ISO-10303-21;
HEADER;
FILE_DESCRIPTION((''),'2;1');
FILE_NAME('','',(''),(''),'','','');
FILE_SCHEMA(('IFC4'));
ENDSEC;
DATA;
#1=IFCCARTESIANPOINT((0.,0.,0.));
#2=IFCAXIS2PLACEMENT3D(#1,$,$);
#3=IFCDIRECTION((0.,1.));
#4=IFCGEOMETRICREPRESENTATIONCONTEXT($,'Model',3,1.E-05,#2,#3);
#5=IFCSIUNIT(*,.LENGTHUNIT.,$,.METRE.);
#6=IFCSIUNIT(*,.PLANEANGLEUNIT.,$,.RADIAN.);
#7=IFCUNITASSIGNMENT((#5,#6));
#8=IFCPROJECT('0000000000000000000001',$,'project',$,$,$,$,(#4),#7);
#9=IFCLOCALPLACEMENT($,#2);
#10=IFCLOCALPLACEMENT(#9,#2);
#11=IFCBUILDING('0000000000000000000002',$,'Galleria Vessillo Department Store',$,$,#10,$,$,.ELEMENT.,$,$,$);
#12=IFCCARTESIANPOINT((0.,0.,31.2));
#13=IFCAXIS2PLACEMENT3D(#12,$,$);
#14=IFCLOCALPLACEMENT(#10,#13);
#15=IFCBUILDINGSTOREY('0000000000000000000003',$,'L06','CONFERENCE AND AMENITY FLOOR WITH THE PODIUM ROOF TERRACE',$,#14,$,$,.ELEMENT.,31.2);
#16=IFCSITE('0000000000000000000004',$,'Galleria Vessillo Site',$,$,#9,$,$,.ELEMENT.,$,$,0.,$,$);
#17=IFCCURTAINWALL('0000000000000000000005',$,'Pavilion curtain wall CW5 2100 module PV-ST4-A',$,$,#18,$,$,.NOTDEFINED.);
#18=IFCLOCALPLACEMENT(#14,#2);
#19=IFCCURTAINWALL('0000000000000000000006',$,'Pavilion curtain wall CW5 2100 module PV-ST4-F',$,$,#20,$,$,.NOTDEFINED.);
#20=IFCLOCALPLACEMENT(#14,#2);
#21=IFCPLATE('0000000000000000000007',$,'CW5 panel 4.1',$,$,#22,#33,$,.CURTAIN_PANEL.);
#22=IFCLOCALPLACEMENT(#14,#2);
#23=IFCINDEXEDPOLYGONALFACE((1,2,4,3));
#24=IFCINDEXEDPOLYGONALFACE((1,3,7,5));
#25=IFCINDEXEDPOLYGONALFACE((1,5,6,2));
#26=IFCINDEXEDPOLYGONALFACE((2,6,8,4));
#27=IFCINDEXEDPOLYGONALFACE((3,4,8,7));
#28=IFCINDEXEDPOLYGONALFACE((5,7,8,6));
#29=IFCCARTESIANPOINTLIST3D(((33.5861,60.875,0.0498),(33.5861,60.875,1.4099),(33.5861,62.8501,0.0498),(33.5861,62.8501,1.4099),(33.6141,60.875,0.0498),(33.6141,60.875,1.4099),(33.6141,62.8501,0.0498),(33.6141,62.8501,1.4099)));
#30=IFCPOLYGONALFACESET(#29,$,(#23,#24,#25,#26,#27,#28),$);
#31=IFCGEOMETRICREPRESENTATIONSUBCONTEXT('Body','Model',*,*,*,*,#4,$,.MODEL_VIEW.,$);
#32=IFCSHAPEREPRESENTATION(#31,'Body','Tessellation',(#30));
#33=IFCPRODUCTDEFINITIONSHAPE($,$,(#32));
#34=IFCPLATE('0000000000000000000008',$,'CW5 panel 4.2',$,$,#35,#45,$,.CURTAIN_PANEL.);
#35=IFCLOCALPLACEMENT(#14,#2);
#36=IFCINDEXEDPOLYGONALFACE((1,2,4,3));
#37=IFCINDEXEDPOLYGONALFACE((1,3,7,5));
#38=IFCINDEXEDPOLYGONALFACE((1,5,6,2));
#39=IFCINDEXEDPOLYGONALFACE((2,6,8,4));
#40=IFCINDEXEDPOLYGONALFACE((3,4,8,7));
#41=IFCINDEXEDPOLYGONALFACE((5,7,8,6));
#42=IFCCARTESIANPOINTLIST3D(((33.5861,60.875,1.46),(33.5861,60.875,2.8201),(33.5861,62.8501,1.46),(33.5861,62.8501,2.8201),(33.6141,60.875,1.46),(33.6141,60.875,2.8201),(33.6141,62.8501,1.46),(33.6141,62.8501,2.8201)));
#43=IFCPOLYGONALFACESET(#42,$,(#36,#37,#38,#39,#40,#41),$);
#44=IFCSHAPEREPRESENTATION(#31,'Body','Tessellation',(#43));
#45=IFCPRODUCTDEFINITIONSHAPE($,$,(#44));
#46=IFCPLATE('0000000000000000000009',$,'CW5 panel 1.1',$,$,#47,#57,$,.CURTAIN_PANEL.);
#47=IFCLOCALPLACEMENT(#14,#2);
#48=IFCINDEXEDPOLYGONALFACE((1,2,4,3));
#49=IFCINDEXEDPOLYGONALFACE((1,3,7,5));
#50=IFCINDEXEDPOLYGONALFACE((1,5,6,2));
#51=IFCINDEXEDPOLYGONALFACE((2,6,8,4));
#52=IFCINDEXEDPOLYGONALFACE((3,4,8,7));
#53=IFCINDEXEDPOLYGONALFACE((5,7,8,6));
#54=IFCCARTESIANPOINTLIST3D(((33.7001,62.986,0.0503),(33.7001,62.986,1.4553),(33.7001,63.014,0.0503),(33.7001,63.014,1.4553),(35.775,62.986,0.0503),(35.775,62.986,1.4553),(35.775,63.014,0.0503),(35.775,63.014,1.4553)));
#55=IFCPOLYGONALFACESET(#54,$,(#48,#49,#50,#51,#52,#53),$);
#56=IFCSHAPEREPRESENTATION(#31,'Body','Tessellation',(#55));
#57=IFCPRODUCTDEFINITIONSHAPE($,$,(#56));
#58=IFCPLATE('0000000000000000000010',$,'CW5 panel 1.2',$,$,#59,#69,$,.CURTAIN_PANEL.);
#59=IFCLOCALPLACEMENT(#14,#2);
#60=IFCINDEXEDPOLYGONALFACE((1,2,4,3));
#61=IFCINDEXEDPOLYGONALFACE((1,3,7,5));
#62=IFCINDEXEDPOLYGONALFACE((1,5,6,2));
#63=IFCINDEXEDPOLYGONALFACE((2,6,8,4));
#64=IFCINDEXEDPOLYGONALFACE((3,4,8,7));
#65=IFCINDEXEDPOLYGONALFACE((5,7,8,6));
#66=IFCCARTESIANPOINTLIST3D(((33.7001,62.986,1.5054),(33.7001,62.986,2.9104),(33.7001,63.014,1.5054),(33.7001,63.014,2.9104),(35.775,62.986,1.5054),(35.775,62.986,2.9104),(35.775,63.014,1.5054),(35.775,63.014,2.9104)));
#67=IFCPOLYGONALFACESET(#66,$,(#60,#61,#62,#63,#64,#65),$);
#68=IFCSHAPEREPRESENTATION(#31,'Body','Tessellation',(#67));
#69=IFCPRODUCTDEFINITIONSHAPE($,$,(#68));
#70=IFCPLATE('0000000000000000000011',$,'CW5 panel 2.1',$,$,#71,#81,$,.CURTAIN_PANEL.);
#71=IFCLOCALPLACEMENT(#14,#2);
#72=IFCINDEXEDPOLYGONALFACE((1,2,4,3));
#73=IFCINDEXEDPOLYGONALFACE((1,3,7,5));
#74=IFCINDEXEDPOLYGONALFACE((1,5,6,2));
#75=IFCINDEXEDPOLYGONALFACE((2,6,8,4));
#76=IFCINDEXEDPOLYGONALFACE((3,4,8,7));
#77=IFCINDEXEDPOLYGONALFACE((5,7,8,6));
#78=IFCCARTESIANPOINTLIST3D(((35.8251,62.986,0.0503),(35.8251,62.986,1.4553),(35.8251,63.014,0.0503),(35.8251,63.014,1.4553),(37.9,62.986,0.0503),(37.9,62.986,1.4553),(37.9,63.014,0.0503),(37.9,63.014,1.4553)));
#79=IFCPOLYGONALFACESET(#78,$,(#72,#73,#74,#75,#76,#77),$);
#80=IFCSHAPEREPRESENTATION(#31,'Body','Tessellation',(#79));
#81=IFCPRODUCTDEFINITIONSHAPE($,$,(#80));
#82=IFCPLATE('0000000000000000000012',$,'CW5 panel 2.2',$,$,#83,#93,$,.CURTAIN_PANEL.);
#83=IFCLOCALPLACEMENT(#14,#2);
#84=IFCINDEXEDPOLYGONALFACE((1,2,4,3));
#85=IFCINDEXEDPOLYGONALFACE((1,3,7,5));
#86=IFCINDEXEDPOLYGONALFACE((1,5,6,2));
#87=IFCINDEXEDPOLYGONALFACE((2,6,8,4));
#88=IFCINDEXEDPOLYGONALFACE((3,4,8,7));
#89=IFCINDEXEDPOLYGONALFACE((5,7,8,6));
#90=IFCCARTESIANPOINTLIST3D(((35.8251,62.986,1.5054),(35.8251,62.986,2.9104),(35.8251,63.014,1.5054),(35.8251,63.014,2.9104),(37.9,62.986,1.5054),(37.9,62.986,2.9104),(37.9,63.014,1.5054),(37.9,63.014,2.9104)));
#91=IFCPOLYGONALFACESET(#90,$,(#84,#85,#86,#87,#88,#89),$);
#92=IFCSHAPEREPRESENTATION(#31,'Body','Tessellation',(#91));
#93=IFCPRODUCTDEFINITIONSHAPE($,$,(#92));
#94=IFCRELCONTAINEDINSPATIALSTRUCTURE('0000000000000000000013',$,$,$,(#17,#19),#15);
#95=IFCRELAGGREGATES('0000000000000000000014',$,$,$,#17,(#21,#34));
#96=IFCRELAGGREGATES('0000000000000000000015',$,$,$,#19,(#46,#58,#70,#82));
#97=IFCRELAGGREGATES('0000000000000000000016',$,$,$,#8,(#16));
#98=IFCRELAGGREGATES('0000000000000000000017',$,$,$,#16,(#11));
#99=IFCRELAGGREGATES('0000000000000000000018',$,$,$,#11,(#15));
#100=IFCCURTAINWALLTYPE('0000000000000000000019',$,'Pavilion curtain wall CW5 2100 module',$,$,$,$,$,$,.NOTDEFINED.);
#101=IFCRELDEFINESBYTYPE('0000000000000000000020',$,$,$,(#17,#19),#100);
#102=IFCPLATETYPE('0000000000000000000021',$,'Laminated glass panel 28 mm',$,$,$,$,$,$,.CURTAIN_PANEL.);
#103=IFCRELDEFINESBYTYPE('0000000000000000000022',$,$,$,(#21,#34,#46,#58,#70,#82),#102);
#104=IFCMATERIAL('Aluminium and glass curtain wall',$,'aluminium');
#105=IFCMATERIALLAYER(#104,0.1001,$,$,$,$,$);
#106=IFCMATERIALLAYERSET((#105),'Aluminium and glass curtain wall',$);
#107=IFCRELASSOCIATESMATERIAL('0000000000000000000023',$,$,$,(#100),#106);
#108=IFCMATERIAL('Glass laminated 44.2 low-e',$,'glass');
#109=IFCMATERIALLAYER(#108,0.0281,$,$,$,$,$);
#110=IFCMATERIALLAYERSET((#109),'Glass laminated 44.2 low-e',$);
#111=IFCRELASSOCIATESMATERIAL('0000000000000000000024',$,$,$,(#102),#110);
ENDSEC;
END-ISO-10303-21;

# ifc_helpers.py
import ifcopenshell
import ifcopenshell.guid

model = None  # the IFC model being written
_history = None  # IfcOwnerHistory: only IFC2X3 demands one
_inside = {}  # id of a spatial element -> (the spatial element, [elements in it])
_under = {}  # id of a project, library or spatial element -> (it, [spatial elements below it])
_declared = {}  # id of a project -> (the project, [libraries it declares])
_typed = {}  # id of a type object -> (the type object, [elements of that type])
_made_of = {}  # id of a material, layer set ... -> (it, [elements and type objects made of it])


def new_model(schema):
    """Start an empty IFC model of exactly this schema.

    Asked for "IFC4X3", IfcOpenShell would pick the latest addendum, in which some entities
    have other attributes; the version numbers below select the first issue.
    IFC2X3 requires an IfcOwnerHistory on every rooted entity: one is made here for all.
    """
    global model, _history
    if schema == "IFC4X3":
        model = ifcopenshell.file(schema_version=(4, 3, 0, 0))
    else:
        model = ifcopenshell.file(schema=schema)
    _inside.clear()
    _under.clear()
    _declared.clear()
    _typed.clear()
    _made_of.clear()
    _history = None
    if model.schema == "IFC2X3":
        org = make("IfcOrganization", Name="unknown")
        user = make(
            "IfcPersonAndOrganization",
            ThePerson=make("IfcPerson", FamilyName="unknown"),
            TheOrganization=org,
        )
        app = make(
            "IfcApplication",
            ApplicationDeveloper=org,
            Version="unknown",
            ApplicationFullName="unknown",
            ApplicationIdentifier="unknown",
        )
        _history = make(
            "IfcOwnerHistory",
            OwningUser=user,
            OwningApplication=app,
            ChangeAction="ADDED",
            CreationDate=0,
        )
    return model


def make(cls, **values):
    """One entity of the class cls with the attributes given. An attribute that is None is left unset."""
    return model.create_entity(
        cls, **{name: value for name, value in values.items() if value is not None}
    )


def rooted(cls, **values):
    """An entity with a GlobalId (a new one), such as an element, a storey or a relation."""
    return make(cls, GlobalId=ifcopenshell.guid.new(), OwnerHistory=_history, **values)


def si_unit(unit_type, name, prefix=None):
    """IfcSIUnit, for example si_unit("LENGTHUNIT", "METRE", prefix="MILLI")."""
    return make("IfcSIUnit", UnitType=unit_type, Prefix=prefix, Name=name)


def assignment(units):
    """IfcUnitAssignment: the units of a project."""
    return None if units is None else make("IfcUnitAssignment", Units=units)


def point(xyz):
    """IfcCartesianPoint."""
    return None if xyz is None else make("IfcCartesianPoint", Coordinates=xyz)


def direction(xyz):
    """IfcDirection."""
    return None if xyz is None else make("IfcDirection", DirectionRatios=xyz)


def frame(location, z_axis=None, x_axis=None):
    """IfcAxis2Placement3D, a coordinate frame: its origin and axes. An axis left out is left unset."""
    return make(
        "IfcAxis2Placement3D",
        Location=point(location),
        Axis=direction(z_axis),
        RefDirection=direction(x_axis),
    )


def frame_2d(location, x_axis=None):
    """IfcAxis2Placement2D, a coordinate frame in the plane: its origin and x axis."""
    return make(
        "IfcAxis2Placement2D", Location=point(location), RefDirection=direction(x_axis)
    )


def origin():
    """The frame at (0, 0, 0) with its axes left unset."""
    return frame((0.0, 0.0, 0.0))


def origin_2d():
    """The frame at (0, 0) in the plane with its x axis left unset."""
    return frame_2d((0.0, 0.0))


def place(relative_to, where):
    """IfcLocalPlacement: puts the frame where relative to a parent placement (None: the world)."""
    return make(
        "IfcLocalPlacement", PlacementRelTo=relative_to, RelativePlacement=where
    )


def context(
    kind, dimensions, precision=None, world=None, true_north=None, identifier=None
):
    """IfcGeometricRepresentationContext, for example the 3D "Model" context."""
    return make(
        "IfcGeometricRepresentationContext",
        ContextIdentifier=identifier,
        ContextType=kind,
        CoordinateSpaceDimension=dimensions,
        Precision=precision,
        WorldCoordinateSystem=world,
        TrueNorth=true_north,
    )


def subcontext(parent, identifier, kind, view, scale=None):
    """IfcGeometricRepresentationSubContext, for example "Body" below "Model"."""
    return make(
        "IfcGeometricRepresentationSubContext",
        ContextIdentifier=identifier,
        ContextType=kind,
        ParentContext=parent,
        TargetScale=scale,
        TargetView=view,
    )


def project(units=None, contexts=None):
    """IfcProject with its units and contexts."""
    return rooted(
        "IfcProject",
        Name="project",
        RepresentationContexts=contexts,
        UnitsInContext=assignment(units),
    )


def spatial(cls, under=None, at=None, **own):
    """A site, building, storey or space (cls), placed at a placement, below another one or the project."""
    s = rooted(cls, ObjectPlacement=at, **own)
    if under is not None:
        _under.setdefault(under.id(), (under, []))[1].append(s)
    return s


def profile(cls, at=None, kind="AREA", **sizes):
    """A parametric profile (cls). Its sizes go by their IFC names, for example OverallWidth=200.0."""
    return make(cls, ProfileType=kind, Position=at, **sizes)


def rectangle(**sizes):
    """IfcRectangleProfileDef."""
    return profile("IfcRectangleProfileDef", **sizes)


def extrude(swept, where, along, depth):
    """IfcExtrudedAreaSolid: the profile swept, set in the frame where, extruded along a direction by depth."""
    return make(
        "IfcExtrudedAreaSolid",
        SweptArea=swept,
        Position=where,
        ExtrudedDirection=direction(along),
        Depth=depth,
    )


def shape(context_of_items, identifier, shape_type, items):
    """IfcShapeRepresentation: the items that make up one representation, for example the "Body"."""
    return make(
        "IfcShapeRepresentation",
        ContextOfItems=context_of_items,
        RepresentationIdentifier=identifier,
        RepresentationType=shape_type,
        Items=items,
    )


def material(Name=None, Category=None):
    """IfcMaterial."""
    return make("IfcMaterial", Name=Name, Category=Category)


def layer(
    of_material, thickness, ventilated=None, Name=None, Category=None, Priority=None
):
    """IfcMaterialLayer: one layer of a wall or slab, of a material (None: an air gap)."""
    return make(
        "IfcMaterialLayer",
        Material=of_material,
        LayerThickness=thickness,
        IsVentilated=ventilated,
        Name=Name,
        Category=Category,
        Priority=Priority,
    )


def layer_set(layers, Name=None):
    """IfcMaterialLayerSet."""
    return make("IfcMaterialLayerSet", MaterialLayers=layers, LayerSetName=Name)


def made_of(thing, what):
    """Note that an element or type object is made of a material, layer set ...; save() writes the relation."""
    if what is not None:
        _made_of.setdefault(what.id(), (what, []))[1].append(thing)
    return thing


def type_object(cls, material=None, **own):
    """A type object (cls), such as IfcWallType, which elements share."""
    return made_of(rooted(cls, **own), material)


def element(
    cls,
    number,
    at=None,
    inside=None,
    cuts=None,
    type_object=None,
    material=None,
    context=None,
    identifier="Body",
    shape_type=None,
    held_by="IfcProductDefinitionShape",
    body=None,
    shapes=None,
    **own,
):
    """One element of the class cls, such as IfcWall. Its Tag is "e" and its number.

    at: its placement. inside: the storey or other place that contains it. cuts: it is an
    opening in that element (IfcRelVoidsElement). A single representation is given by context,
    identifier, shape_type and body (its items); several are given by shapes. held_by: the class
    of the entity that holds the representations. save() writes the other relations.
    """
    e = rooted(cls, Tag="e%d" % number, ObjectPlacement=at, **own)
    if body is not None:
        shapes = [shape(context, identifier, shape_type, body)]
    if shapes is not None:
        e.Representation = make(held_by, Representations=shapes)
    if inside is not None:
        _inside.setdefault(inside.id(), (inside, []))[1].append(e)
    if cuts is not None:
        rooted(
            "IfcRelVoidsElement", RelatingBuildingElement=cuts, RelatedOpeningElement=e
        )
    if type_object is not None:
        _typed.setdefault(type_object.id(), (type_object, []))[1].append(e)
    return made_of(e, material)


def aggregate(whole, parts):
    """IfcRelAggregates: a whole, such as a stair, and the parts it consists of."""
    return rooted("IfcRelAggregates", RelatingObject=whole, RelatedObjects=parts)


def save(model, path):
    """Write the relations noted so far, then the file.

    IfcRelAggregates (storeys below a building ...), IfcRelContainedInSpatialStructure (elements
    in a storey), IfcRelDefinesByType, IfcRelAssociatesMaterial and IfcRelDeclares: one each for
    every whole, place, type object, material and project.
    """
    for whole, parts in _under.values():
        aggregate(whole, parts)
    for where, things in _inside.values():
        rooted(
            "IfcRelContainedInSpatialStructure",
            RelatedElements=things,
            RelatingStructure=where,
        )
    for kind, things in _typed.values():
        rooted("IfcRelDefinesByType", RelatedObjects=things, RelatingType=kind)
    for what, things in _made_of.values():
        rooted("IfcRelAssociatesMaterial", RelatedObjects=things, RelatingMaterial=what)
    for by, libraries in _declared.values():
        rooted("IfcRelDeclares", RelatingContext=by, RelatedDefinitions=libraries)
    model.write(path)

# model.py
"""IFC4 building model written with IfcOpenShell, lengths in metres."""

from ifc_helpers import new_model, si_unit, direction, frame, origin, origin_2d, place, context, subcontext, project, spatial, rectangle, extrude, material, layer, layer_set, type_object, element, aggregate, save


model = new_model("IFC4")

# Units and contexts
model_context = context("Model", 3, precision=1e-05, world=origin(), true_north=direction((0.0, 1.0)))
body_context = subcontext(model_context, "Body", "Model", "MODEL_VIEW")
ifc_project = project(units=[si_unit("LENGTHUNIT", "METRE"), si_unit("PLANEANGLEUNIT", "RADIAN")], contexts=[model_context])

# Site, building, storey
site_placement = place(None, origin())
site = spatial("IfcSite", under=ifc_project, at=site_placement, Name="Galleria Vessillo Site", CompositionType="ELEMENT", RefElevation=0.0)
building_placement = place(site_placement, origin())
building = spatial("IfcBuilding", under=site, at=building_placement, Name="Galleria Vessillo Department Store", CompositionType="ELEMENT")
storey_placement = place(building_placement, frame((0.0, 0.0, 31.2)))
storey = spatial("IfcBuildingStorey", under=building, at=storey_placement, Name="L06", Description="CONFERENCE AND AMENITY FLOOR WITH THE PODIUM ROOF TERRACE", CompositionType="ELEMENT", Elevation=31.2)

# Curtain walls
ifc_material_1 = material(Name="Aluminium and glass curtain wall", Category="aluminium")
ifc_layer_1 = layer(ifc_material_1, 0.1001)
ifc_layer_set_1 = layer_set([ifc_layer_1], Name="Aluminium and glass curtain wall")
curtain_wall_type = type_object("IfcCurtainWallType", Name="Pavilion curtain wall CW5 2100 module", PredefinedType="NOTDEFINED", material=ifc_layer_set_1)
curtain_wall_1_placement = place(storey_placement, origin())
curtain_wall_1 = element("IfcCurtainWall", 1, at=curtain_wall_1_placement, inside=storey, type_object=curtain_wall_type, Name="Pavilion curtain wall CW5 2100 module PV-ST4-A", PredefinedType="NOTDEFINED")
curtain_wall_2_placement = place(storey_placement, origin())
curtain_wall_2 = element("IfcCurtainWall", 2, at=curtain_wall_2_placement, inside=storey, type_object=curtain_wall_type, Name="Pavilion curtain wall CW5 2100 module PV-ST4-F", PredefinedType="NOTDEFINED")

# Plates
ifc_material_2 = material(Name="Glass laminated 44.2 low-e", Category="glass")
ifc_layer_2 = layer(ifc_material_2, 0.0281)
ifc_layer_set_2 = layer_set([ifc_layer_2], Name="Glass laminated 44.2 low-e")
plate_type = type_object("IfcPlateType", Name="Laminated glass panel 28 mm", PredefinedType="CURTAIN_PANEL", material=ifc_layer_set_2)
plate_1_placement = place(storey_placement, frame((33.6001, 61.8625, 0.0498), z_axis=(0.0, 0.0, 1.0), x_axis=(0.0, 1.0, 0.0)))
plate_1 = element("IfcPlate", 3, at=plate_1_placement, type_object=plate_type, Name="CW5 panel 4.1", PredefinedType="CURTAIN_PANEL", context=body_context, shape_type="SweptSolid", body=[
    extrude(rectangle(XDim=1.9751, YDim=0.0281, at=origin_2d()), origin(), (0.0, 0.0, 1.0), 1.3601),
])
plate_2_placement = place(storey_placement, frame((33.6001, 61.8625, 1.46), z_axis=(0.0, 0.0, 1.0), x_axis=(0.0, 1.0, 0.0)))
plate_2 = element("IfcPlate", 4, at=plate_2_placement, type_object=plate_type, Name="CW5 panel 4.2", PredefinedType="CURTAIN_PANEL", context=body_context, shape_type="SweptSolid", body=[
    extrude(rectangle(XDim=1.9751, YDim=0.0281, at=origin_2d()), origin(), (0.0, 0.0, 1.0), 1.3601),
])
aggregate(curtain_wall_1, [plate_1, plate_2])
plate_3_placement = place(storey_placement, frame((34.7375, 63.0, 0.0503), z_axis=(0.0, 0.0, 1.0), x_axis=(1.0, 0.0, 0.0)))
plate_3 = element("IfcPlate", 5, at=plate_3_placement, type_object=plate_type, Name="CW5 panel 1.1", PredefinedType="CURTAIN_PANEL", context=body_context, shape_type="SweptSolid", body=[
    extrude(rectangle(XDim=2.075, YDim=0.0281, at=origin_2d()), origin(), (0.0, 0.0, 1.0), 1.405),
])
plate_4_placement = place(storey_placement, frame((34.7375, 63.0, 1.5054), z_axis=(0.0, 0.0, 1.0), x_axis=(1.0, 0.0, 0.0)))
plate_4 = element("IfcPlate", 6, at=plate_4_placement, type_object=plate_type, Name="CW5 panel 1.2", PredefinedType="CURTAIN_PANEL", context=body_context, shape_type="SweptSolid", body=[
    extrude(rectangle(XDim=2.075, YDim=0.0281, at=origin_2d()), origin(), (0.0, 0.0, 1.0), 1.405),
])
plate_5_placement = place(storey_placement, frame((36.8625, 63.0, 0.0503), z_axis=(0.0, 0.0, 1.0), x_axis=(1.0, 0.0, 0.0)))
plate_5 = element("IfcPlate", 7, at=plate_5_placement, type_object=plate_type, Name="CW5 panel 2.1", PredefinedType="CURTAIN_PANEL", context=body_context, shape_type="SweptSolid", body=[
    extrude(rectangle(XDim=2.075, YDim=0.0281, at=origin_2d()), origin(), (0.0, 0.0, 1.0), 1.405),
])
plate_6_placement = place(storey_placement, frame((36.8625, 63.0, 1.5054), z_axis=(0.0, 0.0, 1.0), x_axis=(1.0, 0.0, 0.0)))
plate_6 = element("IfcPlate", 8, at=plate_6_placement, type_object=plate_type, Name="CW5 panel 2.2", PredefinedType="CURTAIN_PANEL", context=body_context, shape_type="SweptSolid", body=[
    extrude(rectangle(XDim=2.075, YDim=0.0281, at=origin_2d()), origin(), (0.0, 0.0, 1.0), 1.405),
])
aggregate(curtain_wall_2, [plate_3, plate_4, plate_5, plate_6])

save(model, "model.ifc")
